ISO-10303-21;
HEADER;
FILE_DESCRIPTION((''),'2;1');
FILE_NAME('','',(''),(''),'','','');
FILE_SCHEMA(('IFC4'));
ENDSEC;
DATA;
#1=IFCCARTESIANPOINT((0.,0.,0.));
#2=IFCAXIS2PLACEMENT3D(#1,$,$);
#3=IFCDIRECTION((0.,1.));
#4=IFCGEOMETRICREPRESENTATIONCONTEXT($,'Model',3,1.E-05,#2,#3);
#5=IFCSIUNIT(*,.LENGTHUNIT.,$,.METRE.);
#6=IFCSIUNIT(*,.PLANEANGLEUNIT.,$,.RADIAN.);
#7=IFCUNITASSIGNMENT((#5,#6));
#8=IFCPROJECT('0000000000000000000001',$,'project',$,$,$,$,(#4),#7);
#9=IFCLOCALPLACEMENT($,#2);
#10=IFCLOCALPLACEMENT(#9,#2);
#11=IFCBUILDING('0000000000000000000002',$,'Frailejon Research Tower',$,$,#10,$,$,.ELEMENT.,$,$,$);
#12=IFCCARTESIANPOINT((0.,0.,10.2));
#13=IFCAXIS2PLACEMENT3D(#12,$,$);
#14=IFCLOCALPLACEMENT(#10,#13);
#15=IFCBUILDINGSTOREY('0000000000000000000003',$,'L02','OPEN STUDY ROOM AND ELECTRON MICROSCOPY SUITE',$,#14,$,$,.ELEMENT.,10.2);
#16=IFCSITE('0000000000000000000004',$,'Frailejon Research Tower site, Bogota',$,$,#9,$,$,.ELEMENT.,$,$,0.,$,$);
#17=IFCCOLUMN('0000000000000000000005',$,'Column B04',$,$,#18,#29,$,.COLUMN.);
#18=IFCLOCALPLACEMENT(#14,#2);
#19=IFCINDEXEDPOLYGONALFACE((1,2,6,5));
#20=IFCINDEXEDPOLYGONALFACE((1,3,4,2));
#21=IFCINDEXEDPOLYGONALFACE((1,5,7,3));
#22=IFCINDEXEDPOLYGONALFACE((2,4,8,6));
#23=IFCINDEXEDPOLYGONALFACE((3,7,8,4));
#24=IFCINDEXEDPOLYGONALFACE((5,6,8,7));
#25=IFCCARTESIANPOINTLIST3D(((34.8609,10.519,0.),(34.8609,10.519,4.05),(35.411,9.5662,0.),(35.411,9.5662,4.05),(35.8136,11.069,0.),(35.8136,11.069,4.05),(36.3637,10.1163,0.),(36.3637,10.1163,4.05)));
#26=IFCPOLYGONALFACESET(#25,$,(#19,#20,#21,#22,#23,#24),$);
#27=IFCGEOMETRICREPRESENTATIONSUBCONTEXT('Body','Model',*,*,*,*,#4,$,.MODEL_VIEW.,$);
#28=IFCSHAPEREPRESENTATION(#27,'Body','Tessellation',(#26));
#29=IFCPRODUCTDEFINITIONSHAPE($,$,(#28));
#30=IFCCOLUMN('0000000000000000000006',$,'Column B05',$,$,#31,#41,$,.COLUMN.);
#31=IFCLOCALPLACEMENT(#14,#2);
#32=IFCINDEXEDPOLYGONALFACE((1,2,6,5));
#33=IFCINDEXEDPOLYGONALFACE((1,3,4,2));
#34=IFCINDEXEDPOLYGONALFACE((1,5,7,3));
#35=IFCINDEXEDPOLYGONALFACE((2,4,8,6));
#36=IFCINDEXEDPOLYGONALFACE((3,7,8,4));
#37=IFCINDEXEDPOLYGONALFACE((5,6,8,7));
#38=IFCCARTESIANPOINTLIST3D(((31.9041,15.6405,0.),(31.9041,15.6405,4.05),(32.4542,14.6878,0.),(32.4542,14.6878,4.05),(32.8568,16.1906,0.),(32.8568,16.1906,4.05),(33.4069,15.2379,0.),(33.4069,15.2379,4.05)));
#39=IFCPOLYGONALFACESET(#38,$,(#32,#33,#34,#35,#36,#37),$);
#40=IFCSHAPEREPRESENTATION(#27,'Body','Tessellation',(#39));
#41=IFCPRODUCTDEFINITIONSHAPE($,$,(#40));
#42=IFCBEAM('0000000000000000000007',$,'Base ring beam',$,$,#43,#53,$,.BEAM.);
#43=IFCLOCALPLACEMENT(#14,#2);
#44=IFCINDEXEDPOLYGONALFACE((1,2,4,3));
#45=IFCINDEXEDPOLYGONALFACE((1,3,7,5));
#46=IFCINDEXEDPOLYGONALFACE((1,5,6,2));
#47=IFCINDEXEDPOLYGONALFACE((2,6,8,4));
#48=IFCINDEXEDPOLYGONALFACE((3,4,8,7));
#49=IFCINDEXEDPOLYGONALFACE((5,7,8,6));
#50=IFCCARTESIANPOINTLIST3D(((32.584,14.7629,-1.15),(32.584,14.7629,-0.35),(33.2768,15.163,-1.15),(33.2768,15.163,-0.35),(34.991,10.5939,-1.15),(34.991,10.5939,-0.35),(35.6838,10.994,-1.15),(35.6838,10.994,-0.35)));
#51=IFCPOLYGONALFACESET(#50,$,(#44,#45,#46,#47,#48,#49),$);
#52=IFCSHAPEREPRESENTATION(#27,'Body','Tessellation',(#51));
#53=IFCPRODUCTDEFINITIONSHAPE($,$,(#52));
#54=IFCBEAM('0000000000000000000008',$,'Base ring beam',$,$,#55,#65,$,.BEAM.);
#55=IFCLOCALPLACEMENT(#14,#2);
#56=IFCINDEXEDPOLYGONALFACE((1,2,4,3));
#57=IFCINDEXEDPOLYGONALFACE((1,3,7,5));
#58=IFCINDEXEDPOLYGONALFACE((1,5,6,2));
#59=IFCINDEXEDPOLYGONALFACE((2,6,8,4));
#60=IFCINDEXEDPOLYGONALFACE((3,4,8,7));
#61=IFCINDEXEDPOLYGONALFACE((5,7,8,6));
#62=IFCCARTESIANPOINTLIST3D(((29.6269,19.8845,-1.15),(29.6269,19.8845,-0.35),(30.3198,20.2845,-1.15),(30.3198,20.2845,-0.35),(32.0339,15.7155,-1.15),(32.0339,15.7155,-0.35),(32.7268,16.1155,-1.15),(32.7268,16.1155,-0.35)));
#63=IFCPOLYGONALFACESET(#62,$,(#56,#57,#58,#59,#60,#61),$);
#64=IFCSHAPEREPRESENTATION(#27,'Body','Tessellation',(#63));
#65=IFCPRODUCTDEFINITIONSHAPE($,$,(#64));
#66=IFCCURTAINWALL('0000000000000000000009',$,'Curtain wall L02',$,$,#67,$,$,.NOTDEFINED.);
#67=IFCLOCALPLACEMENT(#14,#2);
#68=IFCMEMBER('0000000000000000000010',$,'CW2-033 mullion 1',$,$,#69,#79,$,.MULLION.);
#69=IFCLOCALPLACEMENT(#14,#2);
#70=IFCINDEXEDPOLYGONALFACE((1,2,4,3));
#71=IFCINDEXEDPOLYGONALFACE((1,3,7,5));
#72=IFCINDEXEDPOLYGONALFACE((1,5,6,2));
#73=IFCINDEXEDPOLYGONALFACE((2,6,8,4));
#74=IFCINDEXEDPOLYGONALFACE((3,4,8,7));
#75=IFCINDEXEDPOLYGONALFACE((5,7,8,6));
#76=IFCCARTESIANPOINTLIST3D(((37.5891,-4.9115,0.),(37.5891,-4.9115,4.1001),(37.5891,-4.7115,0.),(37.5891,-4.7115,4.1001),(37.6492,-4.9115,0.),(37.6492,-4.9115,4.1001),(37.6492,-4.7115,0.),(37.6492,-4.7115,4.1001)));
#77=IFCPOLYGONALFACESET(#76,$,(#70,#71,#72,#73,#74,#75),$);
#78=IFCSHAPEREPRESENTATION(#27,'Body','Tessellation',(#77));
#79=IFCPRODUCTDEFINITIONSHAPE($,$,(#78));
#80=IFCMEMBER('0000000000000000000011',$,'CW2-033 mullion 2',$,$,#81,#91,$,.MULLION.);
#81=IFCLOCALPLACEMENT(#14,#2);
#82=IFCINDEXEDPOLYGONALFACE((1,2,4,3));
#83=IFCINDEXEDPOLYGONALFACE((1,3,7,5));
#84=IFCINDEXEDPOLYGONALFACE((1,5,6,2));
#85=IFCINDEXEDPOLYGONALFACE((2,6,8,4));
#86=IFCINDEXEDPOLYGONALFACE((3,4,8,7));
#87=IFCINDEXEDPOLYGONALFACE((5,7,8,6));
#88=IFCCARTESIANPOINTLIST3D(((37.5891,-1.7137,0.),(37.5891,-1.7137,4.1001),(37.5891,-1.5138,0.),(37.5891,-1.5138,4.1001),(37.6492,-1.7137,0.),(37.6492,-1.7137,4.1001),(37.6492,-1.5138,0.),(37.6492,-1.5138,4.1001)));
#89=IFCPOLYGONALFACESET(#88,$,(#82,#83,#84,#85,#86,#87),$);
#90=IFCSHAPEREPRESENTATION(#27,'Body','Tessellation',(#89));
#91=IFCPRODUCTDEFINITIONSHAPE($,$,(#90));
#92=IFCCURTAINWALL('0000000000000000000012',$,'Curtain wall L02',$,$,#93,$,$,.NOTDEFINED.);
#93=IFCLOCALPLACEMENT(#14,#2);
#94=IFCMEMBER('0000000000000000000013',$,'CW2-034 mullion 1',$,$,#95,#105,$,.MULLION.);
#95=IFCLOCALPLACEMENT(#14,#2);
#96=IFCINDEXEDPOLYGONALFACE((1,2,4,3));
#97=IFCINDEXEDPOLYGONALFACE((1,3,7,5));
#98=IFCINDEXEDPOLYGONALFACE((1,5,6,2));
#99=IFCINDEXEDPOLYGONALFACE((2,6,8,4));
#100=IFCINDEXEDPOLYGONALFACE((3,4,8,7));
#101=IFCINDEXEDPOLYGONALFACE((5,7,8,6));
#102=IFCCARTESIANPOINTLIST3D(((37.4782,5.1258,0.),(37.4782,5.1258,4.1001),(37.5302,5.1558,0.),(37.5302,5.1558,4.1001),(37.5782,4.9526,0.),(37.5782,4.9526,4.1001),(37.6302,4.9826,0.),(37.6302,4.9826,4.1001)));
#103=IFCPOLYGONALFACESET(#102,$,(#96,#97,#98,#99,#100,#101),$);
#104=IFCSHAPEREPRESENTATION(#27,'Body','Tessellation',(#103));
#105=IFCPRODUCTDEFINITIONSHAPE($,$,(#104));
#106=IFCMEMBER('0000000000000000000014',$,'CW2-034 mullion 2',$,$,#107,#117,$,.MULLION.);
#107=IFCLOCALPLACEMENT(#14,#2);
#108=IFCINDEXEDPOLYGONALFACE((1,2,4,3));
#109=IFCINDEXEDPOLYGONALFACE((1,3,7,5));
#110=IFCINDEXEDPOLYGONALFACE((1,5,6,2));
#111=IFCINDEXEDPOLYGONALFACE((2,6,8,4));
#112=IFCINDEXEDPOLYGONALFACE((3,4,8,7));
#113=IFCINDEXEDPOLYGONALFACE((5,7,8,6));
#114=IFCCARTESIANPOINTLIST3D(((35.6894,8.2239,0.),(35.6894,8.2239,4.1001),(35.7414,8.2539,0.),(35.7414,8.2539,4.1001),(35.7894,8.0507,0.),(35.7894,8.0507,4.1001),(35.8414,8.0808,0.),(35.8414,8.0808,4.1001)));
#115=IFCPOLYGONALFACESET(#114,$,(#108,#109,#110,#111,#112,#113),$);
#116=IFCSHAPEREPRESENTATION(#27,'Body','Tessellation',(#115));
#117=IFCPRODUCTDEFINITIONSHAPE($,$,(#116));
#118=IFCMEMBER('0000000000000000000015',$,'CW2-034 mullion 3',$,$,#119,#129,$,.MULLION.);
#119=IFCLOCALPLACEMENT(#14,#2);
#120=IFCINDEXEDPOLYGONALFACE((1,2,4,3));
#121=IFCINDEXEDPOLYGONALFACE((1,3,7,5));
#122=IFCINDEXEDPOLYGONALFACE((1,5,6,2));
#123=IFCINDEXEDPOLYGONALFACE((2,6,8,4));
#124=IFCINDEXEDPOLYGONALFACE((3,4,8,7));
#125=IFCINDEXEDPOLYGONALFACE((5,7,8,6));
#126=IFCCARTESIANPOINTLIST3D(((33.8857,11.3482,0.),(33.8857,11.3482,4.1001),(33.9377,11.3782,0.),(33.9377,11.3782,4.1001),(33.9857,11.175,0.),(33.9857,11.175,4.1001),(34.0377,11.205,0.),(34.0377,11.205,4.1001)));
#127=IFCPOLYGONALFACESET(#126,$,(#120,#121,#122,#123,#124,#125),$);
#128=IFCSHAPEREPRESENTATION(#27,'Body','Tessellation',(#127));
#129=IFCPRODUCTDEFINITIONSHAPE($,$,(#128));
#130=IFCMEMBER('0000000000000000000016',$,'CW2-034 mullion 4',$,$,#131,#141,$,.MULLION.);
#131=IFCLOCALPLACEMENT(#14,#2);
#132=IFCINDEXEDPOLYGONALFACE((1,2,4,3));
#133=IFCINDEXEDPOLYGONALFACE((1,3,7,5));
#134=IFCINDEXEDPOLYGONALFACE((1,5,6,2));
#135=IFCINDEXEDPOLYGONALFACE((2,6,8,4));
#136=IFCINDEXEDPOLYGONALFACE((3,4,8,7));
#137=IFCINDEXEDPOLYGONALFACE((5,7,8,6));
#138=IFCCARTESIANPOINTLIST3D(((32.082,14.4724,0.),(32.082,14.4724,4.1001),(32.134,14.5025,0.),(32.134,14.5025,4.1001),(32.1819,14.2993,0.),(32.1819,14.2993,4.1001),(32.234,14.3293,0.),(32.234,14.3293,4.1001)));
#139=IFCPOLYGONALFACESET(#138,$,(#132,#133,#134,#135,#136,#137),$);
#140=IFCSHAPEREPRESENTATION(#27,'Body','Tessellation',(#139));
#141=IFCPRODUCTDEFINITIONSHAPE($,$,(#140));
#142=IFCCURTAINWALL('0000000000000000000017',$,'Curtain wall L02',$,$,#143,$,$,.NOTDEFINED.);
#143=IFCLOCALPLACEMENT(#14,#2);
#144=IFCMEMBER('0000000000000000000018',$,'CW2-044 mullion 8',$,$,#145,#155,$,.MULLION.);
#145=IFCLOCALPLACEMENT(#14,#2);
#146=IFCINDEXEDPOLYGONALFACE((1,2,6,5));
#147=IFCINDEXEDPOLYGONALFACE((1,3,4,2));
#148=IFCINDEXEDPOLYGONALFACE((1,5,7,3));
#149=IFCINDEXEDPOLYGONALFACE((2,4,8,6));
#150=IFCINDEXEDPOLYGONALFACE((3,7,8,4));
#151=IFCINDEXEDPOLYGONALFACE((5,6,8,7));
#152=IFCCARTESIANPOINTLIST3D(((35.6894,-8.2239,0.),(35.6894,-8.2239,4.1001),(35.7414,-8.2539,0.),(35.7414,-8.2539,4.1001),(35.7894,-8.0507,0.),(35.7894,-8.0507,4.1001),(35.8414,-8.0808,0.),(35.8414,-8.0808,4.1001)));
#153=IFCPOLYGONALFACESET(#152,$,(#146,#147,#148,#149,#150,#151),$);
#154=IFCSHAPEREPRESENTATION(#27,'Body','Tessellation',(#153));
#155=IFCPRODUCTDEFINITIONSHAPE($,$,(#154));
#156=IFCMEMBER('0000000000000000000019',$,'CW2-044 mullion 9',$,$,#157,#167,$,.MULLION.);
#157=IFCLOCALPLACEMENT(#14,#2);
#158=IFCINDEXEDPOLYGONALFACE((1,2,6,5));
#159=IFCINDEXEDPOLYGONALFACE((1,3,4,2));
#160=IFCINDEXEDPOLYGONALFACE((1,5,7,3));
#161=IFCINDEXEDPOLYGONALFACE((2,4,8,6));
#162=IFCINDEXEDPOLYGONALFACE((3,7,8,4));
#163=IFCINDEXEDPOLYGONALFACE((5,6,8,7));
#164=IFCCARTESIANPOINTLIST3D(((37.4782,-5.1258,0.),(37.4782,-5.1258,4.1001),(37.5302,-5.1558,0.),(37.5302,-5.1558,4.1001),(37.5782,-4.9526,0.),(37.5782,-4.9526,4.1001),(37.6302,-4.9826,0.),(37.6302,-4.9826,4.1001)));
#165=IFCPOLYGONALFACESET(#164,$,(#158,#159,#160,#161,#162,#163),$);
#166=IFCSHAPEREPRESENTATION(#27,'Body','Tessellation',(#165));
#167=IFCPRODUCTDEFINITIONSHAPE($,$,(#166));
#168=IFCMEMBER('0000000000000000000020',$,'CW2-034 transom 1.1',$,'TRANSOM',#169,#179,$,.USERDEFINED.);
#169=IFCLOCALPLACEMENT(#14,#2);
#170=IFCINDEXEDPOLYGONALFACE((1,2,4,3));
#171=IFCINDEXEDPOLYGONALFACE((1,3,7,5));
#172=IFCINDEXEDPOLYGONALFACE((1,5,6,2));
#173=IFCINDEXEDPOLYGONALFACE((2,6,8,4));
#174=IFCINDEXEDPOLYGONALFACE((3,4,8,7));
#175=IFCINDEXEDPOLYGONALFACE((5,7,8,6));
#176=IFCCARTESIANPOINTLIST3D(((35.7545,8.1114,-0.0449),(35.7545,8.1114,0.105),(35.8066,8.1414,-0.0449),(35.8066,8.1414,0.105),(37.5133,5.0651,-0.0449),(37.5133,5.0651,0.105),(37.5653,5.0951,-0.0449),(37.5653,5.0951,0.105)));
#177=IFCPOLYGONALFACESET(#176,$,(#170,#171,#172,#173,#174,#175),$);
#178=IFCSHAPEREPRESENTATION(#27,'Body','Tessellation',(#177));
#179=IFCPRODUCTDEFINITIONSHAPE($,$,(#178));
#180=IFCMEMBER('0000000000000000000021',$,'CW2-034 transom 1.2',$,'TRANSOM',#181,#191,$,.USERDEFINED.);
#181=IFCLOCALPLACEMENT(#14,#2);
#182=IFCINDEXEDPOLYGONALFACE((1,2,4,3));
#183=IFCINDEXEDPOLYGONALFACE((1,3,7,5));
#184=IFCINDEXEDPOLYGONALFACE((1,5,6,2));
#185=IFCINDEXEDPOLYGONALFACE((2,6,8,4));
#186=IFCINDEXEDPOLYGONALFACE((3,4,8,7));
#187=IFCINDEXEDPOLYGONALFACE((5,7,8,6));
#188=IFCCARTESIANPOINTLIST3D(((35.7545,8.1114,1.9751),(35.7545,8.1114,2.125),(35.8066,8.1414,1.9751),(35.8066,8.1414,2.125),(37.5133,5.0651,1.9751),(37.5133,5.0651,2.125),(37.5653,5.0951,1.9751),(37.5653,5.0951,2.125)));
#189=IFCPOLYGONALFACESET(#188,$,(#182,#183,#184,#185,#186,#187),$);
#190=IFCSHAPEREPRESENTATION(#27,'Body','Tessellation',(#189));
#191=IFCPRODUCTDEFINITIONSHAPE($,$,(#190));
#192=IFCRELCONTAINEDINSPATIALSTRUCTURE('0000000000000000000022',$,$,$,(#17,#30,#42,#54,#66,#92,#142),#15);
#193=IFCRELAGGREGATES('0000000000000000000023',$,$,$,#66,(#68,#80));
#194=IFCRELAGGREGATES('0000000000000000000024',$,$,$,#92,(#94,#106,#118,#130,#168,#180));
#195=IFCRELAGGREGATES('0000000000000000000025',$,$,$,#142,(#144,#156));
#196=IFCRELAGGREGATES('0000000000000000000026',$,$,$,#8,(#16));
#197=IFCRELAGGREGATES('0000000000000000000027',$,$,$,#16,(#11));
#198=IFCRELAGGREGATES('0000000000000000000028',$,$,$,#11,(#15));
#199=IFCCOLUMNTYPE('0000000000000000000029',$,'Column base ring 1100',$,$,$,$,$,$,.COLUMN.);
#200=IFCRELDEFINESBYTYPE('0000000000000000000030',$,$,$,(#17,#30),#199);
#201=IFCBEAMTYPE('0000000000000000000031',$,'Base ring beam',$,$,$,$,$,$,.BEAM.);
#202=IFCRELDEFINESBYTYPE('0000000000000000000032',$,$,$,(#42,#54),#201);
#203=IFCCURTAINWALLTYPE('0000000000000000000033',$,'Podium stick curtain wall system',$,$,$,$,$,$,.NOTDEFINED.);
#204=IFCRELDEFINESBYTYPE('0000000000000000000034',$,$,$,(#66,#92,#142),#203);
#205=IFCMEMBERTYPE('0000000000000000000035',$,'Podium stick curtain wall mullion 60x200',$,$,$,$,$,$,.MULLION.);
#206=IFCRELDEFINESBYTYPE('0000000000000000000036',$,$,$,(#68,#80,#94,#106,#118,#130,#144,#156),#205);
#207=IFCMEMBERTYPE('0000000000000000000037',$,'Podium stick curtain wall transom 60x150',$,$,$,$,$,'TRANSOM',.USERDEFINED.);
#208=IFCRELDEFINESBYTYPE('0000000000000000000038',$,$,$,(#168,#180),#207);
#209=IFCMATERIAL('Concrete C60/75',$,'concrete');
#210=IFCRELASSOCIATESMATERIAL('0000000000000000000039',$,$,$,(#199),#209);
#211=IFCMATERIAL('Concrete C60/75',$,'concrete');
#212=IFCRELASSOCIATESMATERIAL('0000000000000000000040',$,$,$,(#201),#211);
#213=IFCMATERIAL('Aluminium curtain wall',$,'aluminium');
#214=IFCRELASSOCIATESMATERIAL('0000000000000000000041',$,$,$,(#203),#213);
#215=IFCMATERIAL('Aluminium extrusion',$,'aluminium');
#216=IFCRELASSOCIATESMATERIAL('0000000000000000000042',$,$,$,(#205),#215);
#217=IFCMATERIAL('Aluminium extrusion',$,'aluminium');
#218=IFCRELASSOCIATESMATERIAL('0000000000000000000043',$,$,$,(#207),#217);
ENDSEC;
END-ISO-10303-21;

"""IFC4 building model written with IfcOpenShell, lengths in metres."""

from ifc_helpers import new_model, si_unit, direction, frame, origin, origin_2d, place, context, subcontext, project, spatial, rectangle, extrude, material, material_profile, profile_set, type_object, element, aggregate, save


model = new_model("IFC4")

# Units and contexts
model_context = context("Model", 3, precision=1e-05, world=origin(), true_north=direction((0.0, 1.0)))
body_context = subcontext(model_context, "Body", "Model", "MODEL_VIEW")
ifc_project = project(units=[si_unit("LENGTHUNIT", "METRE"), si_unit("PLANEANGLEUNIT", "RADIAN")], contexts=[model_context])

# Site, building, storey
site_placement = place(None, origin())
site = spatial("IfcSite", under=ifc_project, at=site_placement, Name="Frailejon Research Tower site, Bogota", CompositionType="ELEMENT", RefElevation=0.0)
building_placement = place(site_placement, origin())
building = spatial("IfcBuilding", under=site, at=building_placement, Name="Frailejon Research Tower", CompositionType="ELEMENT")
storey_placement = place(building_placement, frame((0.0, 0.0, 10.2)))
storey = spatial("IfcBuildingStorey", under=building, at=storey_placement, Name="L02", Description="OPEN STUDY ROOM AND ELECTRON MICROSCOPY SUITE", CompositionType="ELEMENT", Elevation=10.2)

# Columns
ifc_material_1 = material(Name="Concrete C60/75", Category="concrete")
ifc_material_profile_1 = material_profile(ifc_material_1, rectangle(XDim=1.1001, YDim=1.1001, at=origin_2d()), Name="Column base ring 1100")
ifc_profile_set_1 = profile_set([ifc_material_profile_1], Name="Concrete C60/75")
column_type = type_object("IfcColumnType", Name="Column base ring 1100", PredefinedType="COLUMN", material=ifc_profile_set_1)
for number, where, z_axis, x_axis, name in (
    (1, (35.6123, 10.3176, 0.0), (0.0, 0.0, 1.0), (-0.5, 0.866025, 0.0), "Column B04"),
    (2, (32.6555, 15.4392, 0.0), (0.0, 0.0, 1.0), (-0.5, 0.866025, 0.0), "Column B05"),
):
    element("IfcColumn", number, at=place(storey_placement, frame(where, z_axis=z_axis, x_axis=x_axis)), inside=storey, type_object=column_type, Name=name, PredefinedType="COLUMN", context=body_context, shape_type="SweptSolid", body=[
        extrude(rectangle(XDim=1.1001, YDim=1.1001, at=origin_2d()), origin(), (0.0, 0.0, 1.0), 4.05),
    ])

# Beams
ifc_material_2 = material(Name="Concrete C60/75", Category="concrete")
ifc_material_profile_2 = material_profile(ifc_material_2, rectangle(XDim=0.8, YDim=0.8, at=origin_2d()), Name="Base ring beam")
ifc_profile_set_2 = profile_set([ifc_material_profile_2], Name="Concrete C60/75")
beam_type = type_object("IfcBeamType", Name="Base ring beam", PredefinedType="BEAM", material=ifc_profile_set_2)
for number, where, z_axis, x_axis, name in (
    (3, (35.3374, 10.7939, -0.75), (-0.500006, 0.866022, 0.0), (-0.866022, -0.500006, 0.0), "Base ring beam"),
    (4, (32.3804, 15.9155, -0.75), (-0.500006, 0.866022, 0.0), (-0.866022, -0.500006, 0.0), "Base ring beam"),
):
    element("IfcBeam", number, at=place(storey_placement, frame(where, z_axis=z_axis, x_axis=x_axis)), inside=storey, type_object=beam_type, Name=name, PredefinedType="BEAM", context=body_context, shape_type="SweptSolid", body=[
        extrude(rectangle(XDim=0.8, YDim=0.8, at=origin_2d()), origin(), (0.0, 0.0, 1.0), 4.814),
    ])

# Curtain walls, members
ifc_material_3 = material(Name="Aluminium curtain wall", Category="aluminium")
curtain_wall_type = type_object("IfcCurtainWallType", Name="Podium stick curtain wall system", PredefinedType="NOTDEFINED", material=ifc_material_3)
curtain_wall_1_placement = place(storey_placement, origin())
curtain_wall_1 = element("IfcCurtainWall", 5, at=curtain_wall_1_placement, inside=storey, type_object=curtain_wall_type, Name="Curtain wall L02", PredefinedType="NOTDEFINED")
ifc_material_4 = material(Name="Aluminium extrusion", Category="aluminium")
ifc_material_profile_3 = material_profile(ifc_material_4, rectangle(XDim=0.0601, YDim=0.2, at=origin_2d()), Name="Podium stick curtain wall mullion 60x200")
ifc_profile_set_3 = profile_set([ifc_material_profile_3], Name="Aluminium extrusion")
member_type_1 = type_object("IfcMemberType", Name="Podium stick curtain wall mullion 60x200", PredefinedType="MULLION", material=ifc_profile_set_3)
member_1_placement = place(storey_placement, frame((37.6191, -4.8115, 0.0), z_axis=(0.0, 0.0, 1.0), x_axis=(-1.0, 0.0, 0.0)))
member_1 = element("IfcMember", 6, at=member_1_placement, type_object=member_type_1, Name="CW2-033 mullion 1", PredefinedType="MULLION", context=body_context, shape_type="SweptSolid", body=[
    extrude(rectangle(XDim=0.0601, YDim=0.2, at=origin_2d()), origin(), (0.0, 0.0, 1.0), 4.1001),
])
member_2_placement = place(storey_placement, frame((37.6191, -1.6138, 0.0), z_axis=(0.0, 0.0, 1.0), x_axis=(-1.0, 0.0, 0.0)))
member_2 = element("IfcMember", 7, at=member_2_placement, type_object=member_type_1, Name="CW2-033 mullion 2", PredefinedType="MULLION", context=body_context, shape_type="SweptSolid", body=[
    extrude(rectangle(XDim=0.0601, YDim=0.2, at=origin_2d()), origin(), (0.0, 0.0, 1.0), 4.1001),
])
aggregate(curtain_wall_1, [member_1, member_2])
curtain_wall_2_placement = place(storey_placement, origin())
curtain_wall_2 = element("IfcCurtainWall", 8, at=curtain_wall_2_placement, inside=storey, type_object=curtain_wall_type, Name="Curtain wall L02", PredefinedType="NOTDEFINED")
member_3_placement = place(storey_placement, frame((37.5542, 5.0542, 0.0), z_axis=(0.0, 0.0, 1.0), x_axis=(-0.866026, -0.499998, 0.0)))
member_3 = element("IfcMember", 9, at=member_3_placement, type_object=member_type_1, Name="CW2-034 mullion 1", PredefinedType="MULLION", context=body_context, shape_type="SweptSolid", body=[
    extrude(rectangle(XDim=0.0601, YDim=0.2, at=origin_2d()), origin(), (0.0, 0.0, 1.0), 4.1001),
])
member_4_placement = place(storey_placement, frame((35.7654, 8.1523, 0.0), z_axis=(0.0, 0.0, 1.0), x_axis=(-0.866026, -0.499998, 0.0)))
member_4 = element("IfcMember", 10, at=member_4_placement, type_object=member_type_1, Name="CW2-034 mullion 2", PredefinedType="MULLION", context=body_context, shape_type="SweptSolid", body=[
    extrude(rectangle(XDim=0.0601, YDim=0.2, at=origin_2d()), origin(), (0.0, 0.0, 1.0), 4.1001),
])
member_5_placement = place(storey_placement, frame((33.9617, 11.2766, 0.0), z_axis=(0.0, 0.0, 1.0), x_axis=(-0.866026, -0.499998, 0.0)))
member_5 = element("IfcMember", 11, at=member_5_placement, type_object=member_type_1, Name="CW2-034 mullion 3", PredefinedType="MULLION", context=body_context, shape_type="SweptSolid", body=[
    extrude(rectangle(XDim=0.0601, YDim=0.2, at=origin_2d()), origin(), (0.0, 0.0, 1.0), 4.1001),
])
member_6_placement = place(storey_placement, frame((32.158, 14.4009, 0.0), z_axis=(0.0, 0.0, 1.0), x_axis=(-0.866026, -0.499998, 0.0)))
member_6 = element("IfcMember", 12, at=member_6_placement, type_object=member_type_1, Name="CW2-034 mullion 4", PredefinedType="MULLION", context=body_context, shape_type="SweptSolid", body=[
    extrude(rectangle(XDim=0.0601, YDim=0.2, at=origin_2d()), origin(), (0.0, 0.0, 1.0), 4.1001),
])
curtain_wall_3_placement = place(storey_placement, origin())
curtain_wall_3 = element("IfcCurtainWall", 13, at=curtain_wall_3_placement, inside=storey, type_object=curtain_wall_type, Name="Curtain wall L02", PredefinedType="NOTDEFINED")
member_7_placement = place(storey_placement, frame((35.7654, -8.1523, 0.0), z_axis=(0.0, 0.0, 1.0), x_axis=(-0.866026, 0.499998, 0.0)))
member_7 = element("IfcMember", 14, at=member_7_placement, type_object=member_type_1, Name="CW2-044 mullion 8", PredefinedType="MULLION", context=body_context, shape_type="SweptSolid", body=[
    extrude(rectangle(XDim=0.0601, YDim=0.2, at=origin_2d()), origin(), (0.0, 0.0, 1.0), 4.1001),
])
member_8_placement = place(storey_placement, frame((37.5542, -5.0542, 0.0), z_axis=(0.0, 0.0, 1.0), x_axis=(-0.866026, 0.499998, 0.0)))
member_8 = element("IfcMember", 15, at=member_8_placement, type_object=member_type_1, Name="CW2-044 mullion 9", PredefinedType="MULLION", context=body_context, shape_type="SweptSolid", body=[
    extrude(rectangle(XDim=0.0601, YDim=0.2, at=origin_2d()), origin(), (0.0, 0.0, 1.0), 4.1001),
])

# Members
ifc_material_5 = material(Name="Aluminium extrusion", Category="aluminium")
ifc_material_profile_4 = material_profile(ifc_material_5, rectangle(XDim=0.0601, YDim=0.1499, at=origin_2d()), Name="Podium stick curtain wall transom 60x150")
ifc_profile_set_4 = profile_set([ifc_material_profile_4], Name="Aluminium extrusion")
member_type_2 = type_object("IfcMemberType", Name="Podium stick curtain wall transom 60x150", ElementType="TRANSOM", PredefinedType="USERDEFINED", material=ifc_profile_set_4)
member_9_placement = place(storey_placement, frame((37.5393, 5.0801, 0.03), z_axis=(-0.499991, 0.866031, 0.0), x_axis=(-0.866031, -0.499991, 0.0)))
member_9 = element("IfcMember", 16, at=member_9_placement, type_object=member_type_2, Name="CW2-034 transom 1.1", ObjectType="TRANSOM", PredefinedType="USERDEFINED", context=body_context, shape_type="SweptSolid", body=[
    extrude(rectangle(XDim=0.0601, YDim=0.1499, at=origin_2d()), origin(), (0.0, 0.0, 1.0), 3.5176),
])
member_10_placement = place(storey_placement, frame((37.5393, 5.0801, 2.05), z_axis=(-0.499991, 0.866031, 0.0), x_axis=(-0.866031, -0.499991, 0.0)))
member_10 = element("IfcMember", 17, at=member_10_placement, type_object=member_type_2, Name="CW2-034 transom 1.2", ObjectType="TRANSOM", PredefinedType="USERDEFINED", context=body_context, shape_type="SweptSolid", body=[
    extrude(rectangle(XDim=0.0601, YDim=0.1499, at=origin_2d()), origin(), (0.0, 0.0, 1.0), 3.5176),
])

aggregate(curtain_wall_2, [member_3, member_4, member_5, member_6, member_9, member_10])
aggregate(curtain_wall_3, [member_7, member_8])

save(model, "model.ifc")
